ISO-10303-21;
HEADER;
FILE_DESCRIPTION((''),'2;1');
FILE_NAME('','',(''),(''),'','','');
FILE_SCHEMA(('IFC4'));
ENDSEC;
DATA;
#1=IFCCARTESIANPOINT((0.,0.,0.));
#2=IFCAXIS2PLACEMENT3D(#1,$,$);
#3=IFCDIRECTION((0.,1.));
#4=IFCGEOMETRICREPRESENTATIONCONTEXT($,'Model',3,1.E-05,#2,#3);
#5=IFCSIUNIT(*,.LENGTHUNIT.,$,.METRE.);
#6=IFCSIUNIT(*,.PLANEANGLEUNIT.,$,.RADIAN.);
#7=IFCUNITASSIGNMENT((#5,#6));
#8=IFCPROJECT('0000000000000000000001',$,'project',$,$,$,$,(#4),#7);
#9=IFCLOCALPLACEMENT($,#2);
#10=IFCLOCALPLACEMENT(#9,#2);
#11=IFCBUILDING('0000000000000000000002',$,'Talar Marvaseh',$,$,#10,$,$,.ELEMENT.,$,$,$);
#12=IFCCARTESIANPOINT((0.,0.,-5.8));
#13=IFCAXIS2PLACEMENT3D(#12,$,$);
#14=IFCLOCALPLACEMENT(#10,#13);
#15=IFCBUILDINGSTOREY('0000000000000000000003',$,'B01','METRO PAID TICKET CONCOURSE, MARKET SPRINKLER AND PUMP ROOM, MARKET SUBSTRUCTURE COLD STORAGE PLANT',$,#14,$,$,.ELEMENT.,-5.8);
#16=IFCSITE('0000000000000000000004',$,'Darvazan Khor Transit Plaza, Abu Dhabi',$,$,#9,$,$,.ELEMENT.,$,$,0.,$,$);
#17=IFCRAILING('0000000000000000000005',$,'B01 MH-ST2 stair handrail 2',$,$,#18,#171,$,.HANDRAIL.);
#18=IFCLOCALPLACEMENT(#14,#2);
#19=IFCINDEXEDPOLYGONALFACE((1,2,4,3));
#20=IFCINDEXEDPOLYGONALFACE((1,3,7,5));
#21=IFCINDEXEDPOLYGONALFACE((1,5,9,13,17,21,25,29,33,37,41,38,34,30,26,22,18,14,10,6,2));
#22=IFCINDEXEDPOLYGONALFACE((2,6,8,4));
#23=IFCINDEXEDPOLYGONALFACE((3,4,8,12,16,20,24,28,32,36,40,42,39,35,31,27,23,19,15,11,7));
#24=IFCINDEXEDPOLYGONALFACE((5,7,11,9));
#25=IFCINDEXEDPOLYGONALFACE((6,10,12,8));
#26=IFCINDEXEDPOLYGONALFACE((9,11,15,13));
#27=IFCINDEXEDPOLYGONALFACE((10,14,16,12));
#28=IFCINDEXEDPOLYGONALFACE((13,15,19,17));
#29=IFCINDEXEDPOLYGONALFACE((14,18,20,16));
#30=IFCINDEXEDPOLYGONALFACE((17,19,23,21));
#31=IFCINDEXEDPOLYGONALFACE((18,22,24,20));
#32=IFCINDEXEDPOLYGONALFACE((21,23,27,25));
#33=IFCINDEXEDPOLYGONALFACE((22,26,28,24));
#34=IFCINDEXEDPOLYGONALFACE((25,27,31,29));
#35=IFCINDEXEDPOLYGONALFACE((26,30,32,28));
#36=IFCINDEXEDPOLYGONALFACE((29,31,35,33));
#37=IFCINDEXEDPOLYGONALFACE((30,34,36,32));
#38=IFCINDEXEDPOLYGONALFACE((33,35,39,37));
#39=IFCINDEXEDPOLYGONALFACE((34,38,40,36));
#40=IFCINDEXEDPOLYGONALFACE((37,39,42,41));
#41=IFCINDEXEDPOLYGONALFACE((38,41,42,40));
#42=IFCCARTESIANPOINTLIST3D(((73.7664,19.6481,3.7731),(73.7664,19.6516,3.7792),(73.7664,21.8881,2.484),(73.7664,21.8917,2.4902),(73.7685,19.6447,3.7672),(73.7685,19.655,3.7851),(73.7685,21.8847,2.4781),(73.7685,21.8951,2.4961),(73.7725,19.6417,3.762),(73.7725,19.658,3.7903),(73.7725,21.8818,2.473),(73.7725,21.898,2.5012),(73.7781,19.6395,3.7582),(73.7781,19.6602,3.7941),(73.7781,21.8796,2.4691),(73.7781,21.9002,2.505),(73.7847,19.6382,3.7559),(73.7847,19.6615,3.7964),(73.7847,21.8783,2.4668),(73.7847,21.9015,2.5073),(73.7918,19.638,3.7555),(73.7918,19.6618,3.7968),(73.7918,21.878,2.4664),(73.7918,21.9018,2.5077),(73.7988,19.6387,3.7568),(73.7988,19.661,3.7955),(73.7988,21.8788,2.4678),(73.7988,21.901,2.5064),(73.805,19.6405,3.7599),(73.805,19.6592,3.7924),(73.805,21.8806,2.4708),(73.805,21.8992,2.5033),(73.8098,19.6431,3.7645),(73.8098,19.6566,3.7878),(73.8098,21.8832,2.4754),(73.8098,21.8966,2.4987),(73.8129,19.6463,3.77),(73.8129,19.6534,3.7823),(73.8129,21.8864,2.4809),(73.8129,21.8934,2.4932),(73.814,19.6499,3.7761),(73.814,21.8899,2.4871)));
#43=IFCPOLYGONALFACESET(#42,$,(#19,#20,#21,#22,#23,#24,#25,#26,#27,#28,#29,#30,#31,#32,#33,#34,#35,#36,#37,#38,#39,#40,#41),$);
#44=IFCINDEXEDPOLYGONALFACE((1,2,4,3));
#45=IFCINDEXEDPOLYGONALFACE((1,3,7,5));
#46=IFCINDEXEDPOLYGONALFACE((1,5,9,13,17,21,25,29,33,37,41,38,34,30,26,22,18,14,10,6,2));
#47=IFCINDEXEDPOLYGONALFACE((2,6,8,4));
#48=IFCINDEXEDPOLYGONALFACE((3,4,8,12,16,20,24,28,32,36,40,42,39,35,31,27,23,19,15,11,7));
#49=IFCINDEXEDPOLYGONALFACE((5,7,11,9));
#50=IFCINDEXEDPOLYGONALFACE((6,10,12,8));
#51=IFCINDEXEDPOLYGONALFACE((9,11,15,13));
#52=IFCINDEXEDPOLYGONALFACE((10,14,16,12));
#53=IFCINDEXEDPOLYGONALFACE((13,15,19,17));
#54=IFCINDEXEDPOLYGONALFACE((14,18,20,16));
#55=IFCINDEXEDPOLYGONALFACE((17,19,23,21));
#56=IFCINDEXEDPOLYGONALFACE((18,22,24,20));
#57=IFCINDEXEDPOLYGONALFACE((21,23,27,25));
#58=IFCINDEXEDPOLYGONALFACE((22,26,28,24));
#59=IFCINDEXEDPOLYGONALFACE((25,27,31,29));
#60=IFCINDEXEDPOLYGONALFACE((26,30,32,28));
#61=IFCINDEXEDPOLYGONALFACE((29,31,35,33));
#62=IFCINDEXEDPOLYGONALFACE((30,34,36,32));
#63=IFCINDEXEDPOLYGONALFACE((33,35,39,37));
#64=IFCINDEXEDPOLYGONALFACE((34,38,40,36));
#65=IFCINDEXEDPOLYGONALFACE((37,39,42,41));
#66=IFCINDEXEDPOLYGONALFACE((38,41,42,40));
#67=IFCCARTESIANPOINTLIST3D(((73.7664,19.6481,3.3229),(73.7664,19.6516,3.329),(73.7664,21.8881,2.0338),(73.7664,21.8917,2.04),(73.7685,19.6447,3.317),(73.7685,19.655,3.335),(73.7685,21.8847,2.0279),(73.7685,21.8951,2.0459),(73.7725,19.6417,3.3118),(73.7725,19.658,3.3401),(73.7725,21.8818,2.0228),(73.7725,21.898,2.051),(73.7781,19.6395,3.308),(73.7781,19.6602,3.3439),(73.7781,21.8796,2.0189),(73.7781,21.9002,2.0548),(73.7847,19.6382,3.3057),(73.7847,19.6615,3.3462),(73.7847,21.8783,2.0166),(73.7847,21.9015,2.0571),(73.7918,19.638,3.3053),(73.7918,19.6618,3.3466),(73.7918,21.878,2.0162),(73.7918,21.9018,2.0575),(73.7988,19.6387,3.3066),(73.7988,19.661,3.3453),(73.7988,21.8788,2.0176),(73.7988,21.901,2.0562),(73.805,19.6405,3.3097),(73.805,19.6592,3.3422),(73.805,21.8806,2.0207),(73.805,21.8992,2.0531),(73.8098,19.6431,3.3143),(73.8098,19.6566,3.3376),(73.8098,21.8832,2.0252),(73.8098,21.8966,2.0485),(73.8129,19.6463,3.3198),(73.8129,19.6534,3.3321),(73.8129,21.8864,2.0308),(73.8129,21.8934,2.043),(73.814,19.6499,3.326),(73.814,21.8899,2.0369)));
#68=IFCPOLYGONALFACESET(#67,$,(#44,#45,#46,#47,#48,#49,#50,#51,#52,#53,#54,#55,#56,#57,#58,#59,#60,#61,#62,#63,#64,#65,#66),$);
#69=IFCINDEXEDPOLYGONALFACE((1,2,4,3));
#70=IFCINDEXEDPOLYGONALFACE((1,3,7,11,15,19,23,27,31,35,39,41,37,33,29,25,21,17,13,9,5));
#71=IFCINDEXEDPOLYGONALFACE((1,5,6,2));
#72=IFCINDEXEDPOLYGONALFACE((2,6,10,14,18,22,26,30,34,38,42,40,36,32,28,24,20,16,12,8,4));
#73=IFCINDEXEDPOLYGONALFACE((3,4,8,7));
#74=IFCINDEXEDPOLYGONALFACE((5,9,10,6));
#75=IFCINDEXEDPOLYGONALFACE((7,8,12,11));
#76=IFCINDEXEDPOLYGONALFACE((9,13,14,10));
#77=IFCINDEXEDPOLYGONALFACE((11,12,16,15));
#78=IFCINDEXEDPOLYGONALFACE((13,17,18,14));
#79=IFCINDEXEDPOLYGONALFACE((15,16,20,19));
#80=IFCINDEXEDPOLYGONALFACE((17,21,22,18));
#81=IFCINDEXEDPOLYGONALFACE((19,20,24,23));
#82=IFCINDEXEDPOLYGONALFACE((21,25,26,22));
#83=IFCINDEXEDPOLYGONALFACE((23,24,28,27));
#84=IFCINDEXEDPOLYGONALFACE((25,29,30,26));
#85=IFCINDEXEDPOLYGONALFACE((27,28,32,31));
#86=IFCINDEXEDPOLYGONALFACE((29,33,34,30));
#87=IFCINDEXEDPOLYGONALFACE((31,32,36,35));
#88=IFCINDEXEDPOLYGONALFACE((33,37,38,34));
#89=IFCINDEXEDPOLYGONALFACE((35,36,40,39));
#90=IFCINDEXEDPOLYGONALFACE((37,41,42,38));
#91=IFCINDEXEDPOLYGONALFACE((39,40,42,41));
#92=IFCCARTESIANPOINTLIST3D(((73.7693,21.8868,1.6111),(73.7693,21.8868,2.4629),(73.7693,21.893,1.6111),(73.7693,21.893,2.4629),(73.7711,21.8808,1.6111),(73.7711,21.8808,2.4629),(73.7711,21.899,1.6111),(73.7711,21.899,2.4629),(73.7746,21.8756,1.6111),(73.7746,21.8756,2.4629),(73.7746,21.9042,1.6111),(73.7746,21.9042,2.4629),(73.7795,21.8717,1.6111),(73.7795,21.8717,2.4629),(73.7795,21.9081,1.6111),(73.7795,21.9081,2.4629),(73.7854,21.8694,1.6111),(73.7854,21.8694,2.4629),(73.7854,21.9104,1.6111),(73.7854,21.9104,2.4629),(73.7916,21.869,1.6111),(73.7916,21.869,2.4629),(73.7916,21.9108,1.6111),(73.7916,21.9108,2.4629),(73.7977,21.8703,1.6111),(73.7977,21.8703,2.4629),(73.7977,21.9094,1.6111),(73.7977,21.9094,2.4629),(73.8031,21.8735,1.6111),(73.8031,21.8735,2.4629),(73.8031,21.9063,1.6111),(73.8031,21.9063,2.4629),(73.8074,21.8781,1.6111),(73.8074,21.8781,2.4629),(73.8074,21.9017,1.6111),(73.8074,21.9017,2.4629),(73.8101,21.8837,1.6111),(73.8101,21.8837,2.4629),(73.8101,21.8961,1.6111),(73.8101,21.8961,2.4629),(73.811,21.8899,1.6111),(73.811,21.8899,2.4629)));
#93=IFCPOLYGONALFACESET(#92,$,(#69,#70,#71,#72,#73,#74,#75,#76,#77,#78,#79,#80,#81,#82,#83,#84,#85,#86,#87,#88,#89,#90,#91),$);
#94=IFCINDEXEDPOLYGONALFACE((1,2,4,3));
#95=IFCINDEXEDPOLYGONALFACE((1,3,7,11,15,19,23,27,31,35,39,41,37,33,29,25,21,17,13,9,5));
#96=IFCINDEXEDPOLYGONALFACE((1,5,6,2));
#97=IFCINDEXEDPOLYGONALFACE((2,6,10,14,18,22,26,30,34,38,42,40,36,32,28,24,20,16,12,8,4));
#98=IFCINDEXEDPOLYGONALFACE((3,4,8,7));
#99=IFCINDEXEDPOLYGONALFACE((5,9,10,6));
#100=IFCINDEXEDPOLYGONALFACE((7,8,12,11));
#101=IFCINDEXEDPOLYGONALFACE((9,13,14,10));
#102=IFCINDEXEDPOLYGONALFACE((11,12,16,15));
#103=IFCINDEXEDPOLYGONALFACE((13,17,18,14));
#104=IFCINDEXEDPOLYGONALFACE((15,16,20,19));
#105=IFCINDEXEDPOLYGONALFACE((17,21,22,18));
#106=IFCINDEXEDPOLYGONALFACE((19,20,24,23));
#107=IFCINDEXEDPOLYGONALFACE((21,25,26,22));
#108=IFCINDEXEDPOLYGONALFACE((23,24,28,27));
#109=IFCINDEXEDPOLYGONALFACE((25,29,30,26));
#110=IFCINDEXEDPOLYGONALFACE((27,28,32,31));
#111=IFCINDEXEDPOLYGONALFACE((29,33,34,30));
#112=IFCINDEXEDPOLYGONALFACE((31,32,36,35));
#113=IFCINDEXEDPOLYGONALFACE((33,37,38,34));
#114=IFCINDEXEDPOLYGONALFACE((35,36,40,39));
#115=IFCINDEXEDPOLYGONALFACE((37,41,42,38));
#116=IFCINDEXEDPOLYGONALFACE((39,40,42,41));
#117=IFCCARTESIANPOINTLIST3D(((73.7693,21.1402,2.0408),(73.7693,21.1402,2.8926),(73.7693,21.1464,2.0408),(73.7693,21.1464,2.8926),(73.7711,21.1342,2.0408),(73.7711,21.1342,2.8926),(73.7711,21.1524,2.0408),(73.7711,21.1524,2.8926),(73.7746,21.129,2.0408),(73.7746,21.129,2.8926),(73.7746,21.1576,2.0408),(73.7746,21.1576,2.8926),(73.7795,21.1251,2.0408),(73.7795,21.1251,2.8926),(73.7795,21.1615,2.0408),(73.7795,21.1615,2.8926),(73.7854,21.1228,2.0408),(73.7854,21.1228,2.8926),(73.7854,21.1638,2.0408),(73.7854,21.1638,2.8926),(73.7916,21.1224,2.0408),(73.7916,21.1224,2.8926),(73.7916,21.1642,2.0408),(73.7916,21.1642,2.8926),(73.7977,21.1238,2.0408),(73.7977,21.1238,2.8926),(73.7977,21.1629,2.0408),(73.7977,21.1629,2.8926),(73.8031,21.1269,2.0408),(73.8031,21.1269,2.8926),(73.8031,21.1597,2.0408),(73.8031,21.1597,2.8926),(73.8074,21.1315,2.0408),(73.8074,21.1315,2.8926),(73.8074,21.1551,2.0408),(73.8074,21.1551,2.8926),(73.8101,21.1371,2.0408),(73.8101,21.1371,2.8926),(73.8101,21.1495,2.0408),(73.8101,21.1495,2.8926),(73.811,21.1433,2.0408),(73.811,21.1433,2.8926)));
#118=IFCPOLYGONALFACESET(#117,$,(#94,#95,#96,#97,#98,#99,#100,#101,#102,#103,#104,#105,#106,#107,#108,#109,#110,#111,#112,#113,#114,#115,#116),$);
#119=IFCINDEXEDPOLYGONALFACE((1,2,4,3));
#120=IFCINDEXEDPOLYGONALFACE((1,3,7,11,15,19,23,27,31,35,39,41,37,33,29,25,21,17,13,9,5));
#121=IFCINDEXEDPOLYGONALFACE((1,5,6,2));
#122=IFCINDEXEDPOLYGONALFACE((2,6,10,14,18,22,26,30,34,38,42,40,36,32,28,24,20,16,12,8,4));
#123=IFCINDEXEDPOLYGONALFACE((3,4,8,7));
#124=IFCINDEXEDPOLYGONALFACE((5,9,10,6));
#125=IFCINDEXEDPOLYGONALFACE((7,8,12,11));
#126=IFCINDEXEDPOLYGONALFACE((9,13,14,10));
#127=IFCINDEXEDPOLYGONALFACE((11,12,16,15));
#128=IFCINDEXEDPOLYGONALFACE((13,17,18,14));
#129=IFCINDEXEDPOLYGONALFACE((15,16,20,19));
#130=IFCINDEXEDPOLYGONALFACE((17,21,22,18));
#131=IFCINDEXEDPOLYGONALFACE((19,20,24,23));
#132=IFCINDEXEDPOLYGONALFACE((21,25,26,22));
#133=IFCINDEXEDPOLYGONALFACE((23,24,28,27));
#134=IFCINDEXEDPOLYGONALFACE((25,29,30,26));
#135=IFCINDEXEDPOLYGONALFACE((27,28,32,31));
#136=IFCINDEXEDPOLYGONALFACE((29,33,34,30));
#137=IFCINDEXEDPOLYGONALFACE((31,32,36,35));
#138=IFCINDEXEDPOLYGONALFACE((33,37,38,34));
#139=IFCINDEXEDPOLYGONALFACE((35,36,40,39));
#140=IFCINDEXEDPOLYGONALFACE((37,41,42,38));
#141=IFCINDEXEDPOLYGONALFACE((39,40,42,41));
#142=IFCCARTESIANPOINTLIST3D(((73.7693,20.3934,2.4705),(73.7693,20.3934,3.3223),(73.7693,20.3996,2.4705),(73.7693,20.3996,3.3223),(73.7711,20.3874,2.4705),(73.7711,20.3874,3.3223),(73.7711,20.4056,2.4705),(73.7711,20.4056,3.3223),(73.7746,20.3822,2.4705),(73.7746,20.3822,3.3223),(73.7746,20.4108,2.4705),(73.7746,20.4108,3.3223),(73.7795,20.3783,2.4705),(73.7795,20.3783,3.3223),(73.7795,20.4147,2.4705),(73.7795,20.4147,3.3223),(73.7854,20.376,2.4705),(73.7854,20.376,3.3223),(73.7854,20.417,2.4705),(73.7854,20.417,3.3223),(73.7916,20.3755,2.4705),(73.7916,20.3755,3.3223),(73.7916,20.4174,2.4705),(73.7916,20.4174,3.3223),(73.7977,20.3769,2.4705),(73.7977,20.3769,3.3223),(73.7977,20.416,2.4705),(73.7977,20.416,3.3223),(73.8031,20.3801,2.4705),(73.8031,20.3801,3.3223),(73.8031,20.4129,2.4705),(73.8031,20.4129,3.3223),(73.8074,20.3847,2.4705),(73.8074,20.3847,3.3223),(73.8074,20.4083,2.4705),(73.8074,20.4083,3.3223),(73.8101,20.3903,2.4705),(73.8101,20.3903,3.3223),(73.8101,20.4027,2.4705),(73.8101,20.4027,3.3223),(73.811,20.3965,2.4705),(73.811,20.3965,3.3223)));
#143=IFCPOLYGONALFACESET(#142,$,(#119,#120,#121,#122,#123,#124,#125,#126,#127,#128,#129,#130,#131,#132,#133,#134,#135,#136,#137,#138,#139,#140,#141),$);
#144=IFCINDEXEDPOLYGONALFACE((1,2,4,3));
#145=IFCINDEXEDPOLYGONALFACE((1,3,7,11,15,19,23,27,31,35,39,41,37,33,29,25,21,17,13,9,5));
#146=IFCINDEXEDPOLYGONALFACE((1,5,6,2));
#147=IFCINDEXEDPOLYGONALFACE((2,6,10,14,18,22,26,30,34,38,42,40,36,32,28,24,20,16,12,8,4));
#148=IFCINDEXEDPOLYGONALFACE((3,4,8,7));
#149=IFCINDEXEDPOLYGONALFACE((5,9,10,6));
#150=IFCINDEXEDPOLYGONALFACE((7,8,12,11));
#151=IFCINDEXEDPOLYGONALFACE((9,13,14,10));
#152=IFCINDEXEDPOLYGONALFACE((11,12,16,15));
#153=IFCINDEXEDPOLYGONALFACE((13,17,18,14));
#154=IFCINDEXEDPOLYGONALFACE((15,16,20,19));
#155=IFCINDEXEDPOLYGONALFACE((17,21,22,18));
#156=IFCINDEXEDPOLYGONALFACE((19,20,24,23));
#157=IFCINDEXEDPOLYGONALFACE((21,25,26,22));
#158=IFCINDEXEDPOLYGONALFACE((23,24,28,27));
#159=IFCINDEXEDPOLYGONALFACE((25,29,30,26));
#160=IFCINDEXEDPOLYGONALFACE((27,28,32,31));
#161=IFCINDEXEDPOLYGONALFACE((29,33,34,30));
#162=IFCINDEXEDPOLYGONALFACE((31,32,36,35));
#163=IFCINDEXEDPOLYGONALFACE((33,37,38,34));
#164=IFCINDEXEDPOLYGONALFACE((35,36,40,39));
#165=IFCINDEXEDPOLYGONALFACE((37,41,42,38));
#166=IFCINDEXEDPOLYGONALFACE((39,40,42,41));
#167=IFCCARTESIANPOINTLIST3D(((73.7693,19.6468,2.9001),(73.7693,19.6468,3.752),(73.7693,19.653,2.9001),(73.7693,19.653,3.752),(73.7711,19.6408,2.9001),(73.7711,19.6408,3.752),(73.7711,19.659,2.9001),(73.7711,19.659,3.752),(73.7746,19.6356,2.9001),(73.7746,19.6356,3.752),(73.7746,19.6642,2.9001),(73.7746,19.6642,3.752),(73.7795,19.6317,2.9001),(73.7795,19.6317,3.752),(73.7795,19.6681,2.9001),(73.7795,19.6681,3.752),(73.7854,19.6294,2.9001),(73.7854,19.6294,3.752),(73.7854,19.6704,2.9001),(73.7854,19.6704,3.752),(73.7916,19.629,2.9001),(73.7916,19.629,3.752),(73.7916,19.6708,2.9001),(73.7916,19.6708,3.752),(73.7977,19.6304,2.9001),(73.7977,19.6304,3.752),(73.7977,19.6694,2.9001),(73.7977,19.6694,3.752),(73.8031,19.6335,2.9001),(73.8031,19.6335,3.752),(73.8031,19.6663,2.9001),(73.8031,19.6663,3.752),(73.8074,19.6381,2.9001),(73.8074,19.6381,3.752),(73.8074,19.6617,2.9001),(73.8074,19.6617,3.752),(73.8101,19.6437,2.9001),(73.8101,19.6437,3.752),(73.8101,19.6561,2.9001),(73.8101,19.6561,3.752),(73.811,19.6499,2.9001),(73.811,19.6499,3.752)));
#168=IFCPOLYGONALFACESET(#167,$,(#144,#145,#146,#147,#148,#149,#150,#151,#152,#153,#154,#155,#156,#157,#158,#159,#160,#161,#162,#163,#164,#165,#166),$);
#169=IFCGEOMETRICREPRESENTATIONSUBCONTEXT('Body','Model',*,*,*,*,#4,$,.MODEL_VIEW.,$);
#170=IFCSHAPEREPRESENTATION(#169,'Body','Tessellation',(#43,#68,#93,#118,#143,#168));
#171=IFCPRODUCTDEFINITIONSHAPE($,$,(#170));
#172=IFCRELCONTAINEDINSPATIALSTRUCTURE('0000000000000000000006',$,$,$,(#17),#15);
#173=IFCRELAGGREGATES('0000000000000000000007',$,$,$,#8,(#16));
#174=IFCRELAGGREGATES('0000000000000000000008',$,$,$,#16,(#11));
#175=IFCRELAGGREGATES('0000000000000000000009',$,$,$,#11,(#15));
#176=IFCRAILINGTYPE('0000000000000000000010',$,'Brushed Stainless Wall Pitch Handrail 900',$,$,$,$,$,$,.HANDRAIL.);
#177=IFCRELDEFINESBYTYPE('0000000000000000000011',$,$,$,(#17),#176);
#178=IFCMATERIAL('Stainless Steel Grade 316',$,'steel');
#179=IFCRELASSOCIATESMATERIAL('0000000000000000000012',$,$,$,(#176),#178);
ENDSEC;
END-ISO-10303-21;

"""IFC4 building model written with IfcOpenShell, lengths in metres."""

from ifc_helpers import new_model, si_unit, direction, frame, origin, origin_2d, place, context, subcontext, project, spatial, circle, extrude, material, type_object, element, save


model = new_model("IFC4")

# Units and contexts
model_context = context("Model", 3, precision=1e-05, world=origin(), true_north=direction((0.0, 1.0)))
body_context = subcontext(model_context, "Body", "Model", "MODEL_VIEW")
ifc_project = project(units=[si_unit("LENGTHUNIT", "METRE"), si_unit("PLANEANGLEUNIT", "RADIAN")], contexts=[model_context])

# Site, building, storey
site_placement = place(None, origin())
site = spatial("IfcSite", under=ifc_project, at=site_placement, Name="Darvazan Khor Transit Plaza, Abu Dhabi", CompositionType="ELEMENT", RefElevation=0.0)
building_placement = place(site_placement, origin())
building = spatial("IfcBuilding", under=site, at=building_placement, Name="Talar Marvaseh", CompositionType="ELEMENT")
storey_placement = place(building_placement, frame((0.0, 0.0, -5.8)))
storey = spatial("IfcBuildingStorey", under=building, at=storey_placement, Name="B01", Description="METRO PAID TICKET CONCOURSE, MARKET SPRINKLER AND PUMP ROOM, MARKET SUBSTRUCTURE COLD STORAGE PLANT", CompositionType="ELEMENT", Elevation=-5.8)

# Railing
ifc_material_1 = material(Name="Stainless Steel Grade 316", Category="steel")
railing_type_1 = type_object("IfcRailingType", Name="Brushed Stainless Wall Pitch Handrail 900", PredefinedType="HANDRAIL", material=ifc_material_1)
railing_1_placement = place(storey_placement, frame((73.79, 21.8899, 1.6111)))
element("IfcRailing", 1, at=railing_1_placement, inside=storey, type_object=railing_type_1, Name="B01 MH-ST2 stair handrail 2", PredefinedType="HANDRAIL", context=body_context, shape_type="SweptSolid", body=[
    extrude(circle(Radius=0.0239, at=origin_2d()), frame((0.0, 0.0, 0.876), z_axis=(0.0, -0.866728, 0.498782), x_axis=(1.0, 0.0, 0.0)), (0.0, 0.0, 1.0), 2.5845),
    extrude(circle(Radius=0.0239, at=origin_2d()), frame((0.0, 0.0, 0.4258), z_axis=(0.0, -0.866728, 0.498782), x_axis=(1.0, 0.0, 0.0)), (0.0, 0.0, 1.0), 2.5845),
    extrude(circle(Radius=0.021, at=origin_2d()), origin(), (0.0, 0.0, 1.0), 0.8518),
    extrude(circle(Radius=0.021, at=origin_2d()), frame((0.0, -0.7466, 0.4297)), (0.0, 0.0, 1.0), 0.8518),
    extrude(circle(Radius=0.021, at=origin_2d()), frame((0.0, -1.4934, 0.8594)), (0.0, 0.0, 1.0), 0.8518),
    extrude(circle(Radius=0.021, at=origin_2d()), frame((0.0, -2.24, 1.2891)), (0.0, 0.0, 1.0), 0.8518),
])

save(model, "model.ifc")
